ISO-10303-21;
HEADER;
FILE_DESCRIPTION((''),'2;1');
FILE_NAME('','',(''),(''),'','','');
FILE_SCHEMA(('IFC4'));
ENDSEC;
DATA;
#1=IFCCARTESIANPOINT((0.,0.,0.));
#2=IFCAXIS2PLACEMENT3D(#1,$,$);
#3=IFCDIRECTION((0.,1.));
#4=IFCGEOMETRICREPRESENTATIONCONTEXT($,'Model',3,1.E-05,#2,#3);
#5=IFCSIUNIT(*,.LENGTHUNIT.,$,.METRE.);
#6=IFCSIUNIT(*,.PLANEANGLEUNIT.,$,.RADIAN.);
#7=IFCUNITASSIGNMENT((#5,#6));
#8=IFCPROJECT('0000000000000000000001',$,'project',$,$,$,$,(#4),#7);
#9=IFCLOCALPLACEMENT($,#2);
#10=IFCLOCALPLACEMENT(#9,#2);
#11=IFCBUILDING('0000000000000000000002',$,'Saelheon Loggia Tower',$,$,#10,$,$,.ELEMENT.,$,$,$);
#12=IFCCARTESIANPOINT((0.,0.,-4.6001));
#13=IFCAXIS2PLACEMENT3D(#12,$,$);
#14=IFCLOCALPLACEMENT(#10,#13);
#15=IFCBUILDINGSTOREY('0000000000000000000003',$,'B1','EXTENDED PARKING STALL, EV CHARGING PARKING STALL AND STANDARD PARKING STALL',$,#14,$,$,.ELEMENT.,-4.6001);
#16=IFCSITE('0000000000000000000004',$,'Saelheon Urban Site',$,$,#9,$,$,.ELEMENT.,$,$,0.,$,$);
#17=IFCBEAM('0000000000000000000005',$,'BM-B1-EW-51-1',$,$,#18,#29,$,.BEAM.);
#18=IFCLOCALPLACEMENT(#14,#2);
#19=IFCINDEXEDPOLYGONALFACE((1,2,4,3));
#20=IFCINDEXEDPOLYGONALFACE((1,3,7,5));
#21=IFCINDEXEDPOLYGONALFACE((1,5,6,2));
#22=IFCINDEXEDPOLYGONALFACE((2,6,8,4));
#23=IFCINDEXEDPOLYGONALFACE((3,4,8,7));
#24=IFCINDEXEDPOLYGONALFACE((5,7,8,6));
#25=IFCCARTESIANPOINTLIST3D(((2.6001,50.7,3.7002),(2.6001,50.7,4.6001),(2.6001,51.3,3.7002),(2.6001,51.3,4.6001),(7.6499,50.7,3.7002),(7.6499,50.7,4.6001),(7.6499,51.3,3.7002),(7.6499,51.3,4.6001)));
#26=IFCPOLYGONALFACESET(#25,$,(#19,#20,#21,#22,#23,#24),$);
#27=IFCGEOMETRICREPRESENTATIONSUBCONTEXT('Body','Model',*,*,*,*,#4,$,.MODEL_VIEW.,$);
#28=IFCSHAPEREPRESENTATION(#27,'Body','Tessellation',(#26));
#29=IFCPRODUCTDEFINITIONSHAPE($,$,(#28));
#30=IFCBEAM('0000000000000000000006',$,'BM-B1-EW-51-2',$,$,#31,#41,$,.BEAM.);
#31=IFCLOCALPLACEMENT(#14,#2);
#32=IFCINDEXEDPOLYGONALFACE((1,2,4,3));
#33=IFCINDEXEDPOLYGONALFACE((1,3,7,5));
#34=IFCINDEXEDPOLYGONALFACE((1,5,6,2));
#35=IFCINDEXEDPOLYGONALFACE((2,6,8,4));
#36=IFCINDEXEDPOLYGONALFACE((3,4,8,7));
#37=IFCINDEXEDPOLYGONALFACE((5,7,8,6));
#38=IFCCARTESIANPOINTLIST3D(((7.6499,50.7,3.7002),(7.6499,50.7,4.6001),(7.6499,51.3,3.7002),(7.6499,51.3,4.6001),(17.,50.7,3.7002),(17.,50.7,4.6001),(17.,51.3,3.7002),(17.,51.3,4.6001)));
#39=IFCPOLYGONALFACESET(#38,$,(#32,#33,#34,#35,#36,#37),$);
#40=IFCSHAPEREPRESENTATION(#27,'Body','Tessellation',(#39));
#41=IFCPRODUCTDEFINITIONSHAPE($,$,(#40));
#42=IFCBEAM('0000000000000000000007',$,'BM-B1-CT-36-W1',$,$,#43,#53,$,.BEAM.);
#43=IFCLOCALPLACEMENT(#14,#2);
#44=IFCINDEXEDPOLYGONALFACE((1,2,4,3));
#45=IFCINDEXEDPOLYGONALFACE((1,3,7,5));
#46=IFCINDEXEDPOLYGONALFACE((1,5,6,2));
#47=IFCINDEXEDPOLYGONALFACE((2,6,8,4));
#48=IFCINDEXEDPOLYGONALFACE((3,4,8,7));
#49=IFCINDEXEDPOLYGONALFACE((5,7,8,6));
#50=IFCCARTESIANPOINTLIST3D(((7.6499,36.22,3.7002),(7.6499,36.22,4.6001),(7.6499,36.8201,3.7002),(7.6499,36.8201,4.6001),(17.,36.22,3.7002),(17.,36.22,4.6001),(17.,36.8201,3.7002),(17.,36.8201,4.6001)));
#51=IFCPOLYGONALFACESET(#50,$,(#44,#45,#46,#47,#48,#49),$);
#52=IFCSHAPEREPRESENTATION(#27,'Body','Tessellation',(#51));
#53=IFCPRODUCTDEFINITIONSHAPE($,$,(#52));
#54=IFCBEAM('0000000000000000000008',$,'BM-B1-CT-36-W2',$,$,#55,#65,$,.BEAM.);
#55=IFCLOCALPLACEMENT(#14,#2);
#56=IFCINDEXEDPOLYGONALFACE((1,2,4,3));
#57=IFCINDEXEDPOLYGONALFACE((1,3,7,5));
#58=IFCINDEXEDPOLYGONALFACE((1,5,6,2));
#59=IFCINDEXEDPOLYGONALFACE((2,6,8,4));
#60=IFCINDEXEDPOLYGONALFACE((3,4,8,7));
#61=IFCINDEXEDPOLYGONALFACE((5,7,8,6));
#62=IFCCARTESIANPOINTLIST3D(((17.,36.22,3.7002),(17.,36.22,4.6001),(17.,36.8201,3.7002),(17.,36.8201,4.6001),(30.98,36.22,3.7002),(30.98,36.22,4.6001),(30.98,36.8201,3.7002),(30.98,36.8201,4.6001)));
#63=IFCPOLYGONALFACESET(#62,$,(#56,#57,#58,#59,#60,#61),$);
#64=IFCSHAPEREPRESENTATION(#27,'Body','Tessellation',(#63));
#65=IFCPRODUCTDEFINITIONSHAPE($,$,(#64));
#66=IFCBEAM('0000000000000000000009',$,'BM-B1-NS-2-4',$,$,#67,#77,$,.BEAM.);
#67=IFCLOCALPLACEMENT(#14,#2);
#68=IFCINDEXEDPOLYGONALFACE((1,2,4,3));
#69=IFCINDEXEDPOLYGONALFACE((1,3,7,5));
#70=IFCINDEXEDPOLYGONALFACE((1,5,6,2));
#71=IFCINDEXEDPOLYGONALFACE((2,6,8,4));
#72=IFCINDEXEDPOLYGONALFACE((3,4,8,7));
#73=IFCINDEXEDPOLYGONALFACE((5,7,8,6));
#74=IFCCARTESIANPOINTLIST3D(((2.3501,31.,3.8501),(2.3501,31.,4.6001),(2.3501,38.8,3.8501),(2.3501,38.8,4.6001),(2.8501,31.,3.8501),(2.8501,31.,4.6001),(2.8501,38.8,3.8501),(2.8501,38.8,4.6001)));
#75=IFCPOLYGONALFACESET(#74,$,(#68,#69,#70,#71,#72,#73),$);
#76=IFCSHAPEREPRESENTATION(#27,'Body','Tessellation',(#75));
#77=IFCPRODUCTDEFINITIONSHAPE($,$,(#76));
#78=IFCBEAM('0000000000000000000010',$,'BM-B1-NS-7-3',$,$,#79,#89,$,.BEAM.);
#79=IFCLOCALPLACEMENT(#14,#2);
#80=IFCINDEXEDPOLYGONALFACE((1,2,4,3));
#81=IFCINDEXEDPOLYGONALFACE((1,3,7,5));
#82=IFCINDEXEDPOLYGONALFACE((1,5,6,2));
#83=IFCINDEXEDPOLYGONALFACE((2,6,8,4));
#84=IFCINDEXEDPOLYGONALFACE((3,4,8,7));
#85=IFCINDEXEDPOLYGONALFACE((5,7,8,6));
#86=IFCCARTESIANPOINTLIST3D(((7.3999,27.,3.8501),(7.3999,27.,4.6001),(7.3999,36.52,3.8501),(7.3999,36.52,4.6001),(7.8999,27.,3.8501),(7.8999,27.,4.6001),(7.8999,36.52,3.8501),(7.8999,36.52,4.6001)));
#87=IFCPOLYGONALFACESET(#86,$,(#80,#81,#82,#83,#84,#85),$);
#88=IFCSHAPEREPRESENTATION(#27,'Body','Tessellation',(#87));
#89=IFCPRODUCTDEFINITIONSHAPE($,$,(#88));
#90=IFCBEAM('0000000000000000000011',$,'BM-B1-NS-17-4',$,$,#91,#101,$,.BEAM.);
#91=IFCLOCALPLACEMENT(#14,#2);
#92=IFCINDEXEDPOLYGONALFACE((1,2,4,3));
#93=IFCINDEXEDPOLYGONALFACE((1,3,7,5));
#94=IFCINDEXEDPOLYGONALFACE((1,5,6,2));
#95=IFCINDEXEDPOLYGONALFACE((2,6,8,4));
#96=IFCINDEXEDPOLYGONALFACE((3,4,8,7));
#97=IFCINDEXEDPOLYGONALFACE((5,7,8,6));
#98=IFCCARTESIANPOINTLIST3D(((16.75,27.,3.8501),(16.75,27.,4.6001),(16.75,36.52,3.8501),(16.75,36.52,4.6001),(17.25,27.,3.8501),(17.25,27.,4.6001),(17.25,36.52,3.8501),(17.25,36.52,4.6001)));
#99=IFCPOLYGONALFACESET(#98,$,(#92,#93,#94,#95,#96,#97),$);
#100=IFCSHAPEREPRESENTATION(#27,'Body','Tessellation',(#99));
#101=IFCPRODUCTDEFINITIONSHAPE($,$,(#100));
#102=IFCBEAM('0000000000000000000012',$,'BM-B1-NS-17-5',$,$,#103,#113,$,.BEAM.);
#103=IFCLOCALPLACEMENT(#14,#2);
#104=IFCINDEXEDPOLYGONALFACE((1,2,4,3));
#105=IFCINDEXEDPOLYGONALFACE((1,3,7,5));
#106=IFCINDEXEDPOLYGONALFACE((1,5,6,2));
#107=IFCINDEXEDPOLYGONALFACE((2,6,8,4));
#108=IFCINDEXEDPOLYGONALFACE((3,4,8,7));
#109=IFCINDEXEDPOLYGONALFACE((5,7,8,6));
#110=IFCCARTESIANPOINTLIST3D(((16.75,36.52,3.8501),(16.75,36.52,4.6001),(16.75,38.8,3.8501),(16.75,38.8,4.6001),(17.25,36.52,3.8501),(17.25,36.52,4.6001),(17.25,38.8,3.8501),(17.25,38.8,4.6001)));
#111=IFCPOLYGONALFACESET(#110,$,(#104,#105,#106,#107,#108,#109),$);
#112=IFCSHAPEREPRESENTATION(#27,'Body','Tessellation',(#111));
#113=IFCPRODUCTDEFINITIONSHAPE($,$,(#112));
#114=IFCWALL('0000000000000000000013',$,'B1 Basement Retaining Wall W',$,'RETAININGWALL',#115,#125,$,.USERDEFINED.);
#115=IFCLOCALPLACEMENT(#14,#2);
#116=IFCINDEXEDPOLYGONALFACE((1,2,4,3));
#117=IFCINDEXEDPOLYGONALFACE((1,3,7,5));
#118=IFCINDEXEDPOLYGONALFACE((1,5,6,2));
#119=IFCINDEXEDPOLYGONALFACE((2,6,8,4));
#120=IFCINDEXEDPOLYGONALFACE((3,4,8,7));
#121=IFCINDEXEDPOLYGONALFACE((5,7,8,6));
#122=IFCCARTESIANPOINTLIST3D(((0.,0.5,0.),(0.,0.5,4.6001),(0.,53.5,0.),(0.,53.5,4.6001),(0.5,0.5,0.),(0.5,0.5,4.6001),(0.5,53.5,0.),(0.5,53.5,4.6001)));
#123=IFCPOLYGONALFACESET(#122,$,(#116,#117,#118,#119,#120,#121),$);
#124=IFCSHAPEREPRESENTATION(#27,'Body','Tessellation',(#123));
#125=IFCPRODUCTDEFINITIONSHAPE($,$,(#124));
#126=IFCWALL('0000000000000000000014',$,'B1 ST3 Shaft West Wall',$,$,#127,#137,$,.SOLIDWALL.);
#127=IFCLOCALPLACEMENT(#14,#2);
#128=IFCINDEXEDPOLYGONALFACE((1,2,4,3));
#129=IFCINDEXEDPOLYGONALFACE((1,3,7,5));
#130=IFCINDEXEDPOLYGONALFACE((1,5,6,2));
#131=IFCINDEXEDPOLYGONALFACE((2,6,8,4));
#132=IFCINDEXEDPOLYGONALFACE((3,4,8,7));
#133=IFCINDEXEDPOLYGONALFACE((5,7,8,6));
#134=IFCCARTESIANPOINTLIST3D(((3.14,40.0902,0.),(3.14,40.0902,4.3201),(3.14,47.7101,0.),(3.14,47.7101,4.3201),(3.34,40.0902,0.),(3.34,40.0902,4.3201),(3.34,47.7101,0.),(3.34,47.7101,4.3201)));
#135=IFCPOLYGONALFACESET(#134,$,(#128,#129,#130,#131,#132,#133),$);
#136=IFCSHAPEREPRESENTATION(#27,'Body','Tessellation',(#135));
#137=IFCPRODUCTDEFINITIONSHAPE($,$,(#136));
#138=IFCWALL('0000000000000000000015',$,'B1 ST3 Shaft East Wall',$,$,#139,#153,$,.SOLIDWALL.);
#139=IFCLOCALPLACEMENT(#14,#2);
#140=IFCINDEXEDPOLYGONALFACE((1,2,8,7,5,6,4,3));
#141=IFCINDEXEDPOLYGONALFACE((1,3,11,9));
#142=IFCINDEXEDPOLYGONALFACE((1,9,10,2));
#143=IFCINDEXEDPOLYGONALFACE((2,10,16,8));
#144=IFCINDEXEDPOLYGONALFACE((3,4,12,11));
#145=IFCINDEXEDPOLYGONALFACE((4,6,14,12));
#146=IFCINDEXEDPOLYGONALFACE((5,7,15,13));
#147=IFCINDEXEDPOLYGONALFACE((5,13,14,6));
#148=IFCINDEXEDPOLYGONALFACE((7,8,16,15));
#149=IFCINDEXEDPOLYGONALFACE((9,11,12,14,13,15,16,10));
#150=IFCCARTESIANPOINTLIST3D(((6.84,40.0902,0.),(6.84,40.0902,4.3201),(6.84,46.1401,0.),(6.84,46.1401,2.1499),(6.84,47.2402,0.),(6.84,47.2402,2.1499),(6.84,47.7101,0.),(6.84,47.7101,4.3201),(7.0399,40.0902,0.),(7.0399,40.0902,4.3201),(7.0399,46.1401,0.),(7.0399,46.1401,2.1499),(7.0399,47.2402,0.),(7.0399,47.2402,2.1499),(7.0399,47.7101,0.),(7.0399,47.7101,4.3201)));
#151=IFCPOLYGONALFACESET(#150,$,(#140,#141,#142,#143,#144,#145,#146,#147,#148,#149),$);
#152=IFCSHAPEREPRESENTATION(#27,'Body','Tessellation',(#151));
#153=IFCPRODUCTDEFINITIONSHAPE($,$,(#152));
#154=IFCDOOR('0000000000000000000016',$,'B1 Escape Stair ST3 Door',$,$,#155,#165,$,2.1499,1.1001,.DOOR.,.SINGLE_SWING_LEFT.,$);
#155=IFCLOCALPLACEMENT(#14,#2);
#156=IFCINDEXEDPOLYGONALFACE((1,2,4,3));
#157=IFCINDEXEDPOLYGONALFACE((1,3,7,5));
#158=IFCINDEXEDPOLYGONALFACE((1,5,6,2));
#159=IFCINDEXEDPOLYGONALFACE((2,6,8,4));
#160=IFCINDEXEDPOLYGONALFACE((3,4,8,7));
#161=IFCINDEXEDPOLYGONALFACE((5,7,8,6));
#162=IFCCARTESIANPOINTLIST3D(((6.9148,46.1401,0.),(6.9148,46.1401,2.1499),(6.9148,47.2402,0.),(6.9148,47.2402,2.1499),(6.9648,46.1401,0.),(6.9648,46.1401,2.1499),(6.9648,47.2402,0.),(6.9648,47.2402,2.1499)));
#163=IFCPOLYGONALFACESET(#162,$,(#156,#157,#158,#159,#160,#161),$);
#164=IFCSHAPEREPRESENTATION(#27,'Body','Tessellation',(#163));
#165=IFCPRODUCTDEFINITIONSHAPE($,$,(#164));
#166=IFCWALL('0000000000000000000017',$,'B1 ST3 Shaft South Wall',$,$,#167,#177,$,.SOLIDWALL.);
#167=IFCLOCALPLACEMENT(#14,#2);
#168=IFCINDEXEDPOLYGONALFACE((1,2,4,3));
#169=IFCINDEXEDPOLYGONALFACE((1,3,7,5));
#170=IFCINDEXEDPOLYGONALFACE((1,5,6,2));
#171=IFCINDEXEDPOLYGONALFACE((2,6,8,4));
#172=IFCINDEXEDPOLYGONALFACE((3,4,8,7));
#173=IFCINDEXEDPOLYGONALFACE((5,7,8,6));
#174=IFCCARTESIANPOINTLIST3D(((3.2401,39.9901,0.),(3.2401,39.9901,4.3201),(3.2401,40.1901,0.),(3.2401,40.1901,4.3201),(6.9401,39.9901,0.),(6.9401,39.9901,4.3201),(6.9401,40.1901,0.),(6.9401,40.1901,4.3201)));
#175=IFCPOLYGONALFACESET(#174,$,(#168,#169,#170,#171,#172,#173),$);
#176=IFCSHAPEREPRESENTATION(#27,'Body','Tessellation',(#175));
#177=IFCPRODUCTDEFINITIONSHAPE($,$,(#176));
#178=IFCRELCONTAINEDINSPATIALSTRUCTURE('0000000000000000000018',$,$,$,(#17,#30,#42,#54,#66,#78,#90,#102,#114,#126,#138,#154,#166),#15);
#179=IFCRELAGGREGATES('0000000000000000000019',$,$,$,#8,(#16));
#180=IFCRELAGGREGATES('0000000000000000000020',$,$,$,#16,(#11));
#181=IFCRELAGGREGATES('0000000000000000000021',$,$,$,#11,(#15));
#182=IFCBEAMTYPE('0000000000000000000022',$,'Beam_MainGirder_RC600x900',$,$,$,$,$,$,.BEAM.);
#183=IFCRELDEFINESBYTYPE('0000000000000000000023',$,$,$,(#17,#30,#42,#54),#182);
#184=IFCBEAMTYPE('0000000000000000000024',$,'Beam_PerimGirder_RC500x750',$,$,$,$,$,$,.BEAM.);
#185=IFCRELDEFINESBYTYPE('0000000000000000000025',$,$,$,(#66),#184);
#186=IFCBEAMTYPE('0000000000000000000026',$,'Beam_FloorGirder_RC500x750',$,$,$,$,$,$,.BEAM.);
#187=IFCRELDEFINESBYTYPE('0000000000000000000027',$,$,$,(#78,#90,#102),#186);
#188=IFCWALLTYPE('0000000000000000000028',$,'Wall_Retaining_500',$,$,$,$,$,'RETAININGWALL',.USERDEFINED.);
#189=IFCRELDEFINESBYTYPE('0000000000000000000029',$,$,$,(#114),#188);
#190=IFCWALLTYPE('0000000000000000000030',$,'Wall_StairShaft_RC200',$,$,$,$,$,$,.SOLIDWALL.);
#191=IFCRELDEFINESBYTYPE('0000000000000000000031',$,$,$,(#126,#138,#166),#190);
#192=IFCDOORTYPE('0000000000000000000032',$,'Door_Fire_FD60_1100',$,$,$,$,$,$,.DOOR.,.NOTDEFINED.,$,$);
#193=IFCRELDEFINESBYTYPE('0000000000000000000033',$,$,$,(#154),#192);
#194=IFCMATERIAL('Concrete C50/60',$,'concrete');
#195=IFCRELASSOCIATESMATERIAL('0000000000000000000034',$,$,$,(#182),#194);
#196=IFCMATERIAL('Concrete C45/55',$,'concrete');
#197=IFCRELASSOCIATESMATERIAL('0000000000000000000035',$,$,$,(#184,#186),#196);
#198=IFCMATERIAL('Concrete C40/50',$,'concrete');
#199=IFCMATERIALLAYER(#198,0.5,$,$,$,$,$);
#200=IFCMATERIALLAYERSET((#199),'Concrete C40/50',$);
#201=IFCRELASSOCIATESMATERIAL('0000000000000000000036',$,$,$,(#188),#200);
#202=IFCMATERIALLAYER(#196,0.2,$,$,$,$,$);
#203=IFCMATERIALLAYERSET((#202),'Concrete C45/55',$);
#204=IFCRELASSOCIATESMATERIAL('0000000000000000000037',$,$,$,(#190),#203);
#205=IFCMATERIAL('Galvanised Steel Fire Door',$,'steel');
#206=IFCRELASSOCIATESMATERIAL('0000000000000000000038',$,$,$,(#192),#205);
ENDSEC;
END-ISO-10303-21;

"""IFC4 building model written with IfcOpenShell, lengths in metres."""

from ifc_helpers import new_model, si_unit, direction, frame, frame_2d, origin, origin_2d, place, context, subcontext, project, spatial, rectangle, extrude, source, transform, mapped, material, layer, layer_set, material_profile, profile_set, type_object, element, fill, save


model = new_model("IFC4")

# Units and contexts
model_context = context("Model", 3, precision=1e-05, world=origin(), true_north=direction((0.0, 1.0)))
body_context = subcontext(model_context, "Body", "Model", "MODEL_VIEW")
ifc_project = project(units=[si_unit("LENGTHUNIT", "METRE"), si_unit("PLANEANGLEUNIT", "RADIAN")], contexts=[model_context])

# Site, building, storey
site_placement = place(None, origin())
site = spatial("IfcSite", under=ifc_project, at=site_placement, Name="Saelheon Urban Site", CompositionType="ELEMENT", RefElevation=0.0)
building_placement = place(site_placement, origin())
building = spatial("IfcBuilding", under=site, at=building_placement, Name="Saelheon Loggia Tower", CompositionType="ELEMENT")
storey_placement = place(building_placement, frame((0.0, 0.0, -4.6001)))
storey = spatial("IfcBuildingStorey", under=building, at=storey_placement, Name="B1", Description="EXTENDED PARKING STALL, EV CHARGING PARKING STALL AND STANDARD PARKING STALL", CompositionType="ELEMENT", Elevation=-4.6001)

# Shared definitions
ifc_material_1 = material(Name="Concrete C50/60", Category="concrete")
ifc_material_2 = material(Name="Concrete C45/55", Category="concrete")

# Beams
ifc_material_profile_1 = material_profile(ifc_material_1, rectangle(XDim=0.6001, YDim=0.8999, at=origin_2d()), Name="RC-600x900")
ifc_profile_set_1 = profile_set([ifc_material_profile_1], Name="Concrete C50/60")
beam_type_1 = type_object("IfcBeamType", Name="Beam_MainGirder_RC600x900", PredefinedType="BEAM", material=ifc_profile_set_1)
shared_shape_1 = source(origin(), body_context, "Body", "SweptSolid", [
    extrude(rectangle(XDim=0.6001, YDim=0.8999, at=origin_2d()), origin(), (0.0, 0.0, 1.0), 5.0498),
])
beam_1_placement = place(storey_placement, frame((2.6001, 51.0, 4.1501), z_axis=(1.0, 0.0, 0.0), x_axis=(0.0, 1.0, 0.0)))
element("IfcBeam", 1, at=beam_1_placement, inside=storey, type_object=beam_type_1, Name="BM-B1-EW-51-1", PredefinedType="BEAM", context=body_context, shape_type="MappedRepresentation", body=[
    mapped(shared_shape_1, transform((0.0, 0.0, 0.0), scale=1.0)),
])
shared_shape_2 = source(origin(), body_context, "Body", "SweptSolid", [
    extrude(rectangle(XDim=0.6001, YDim=0.8999, at=origin_2d()), origin(), (0.0, 0.0, 1.0), 9.3501),
])
for number, where, z_axis, x_axis, name in (
    (2, (7.6499, 51.0, 4.1501), (1.0, 0.0, 0.0), (0.0, 1.0, 0.0), "BM-B1-EW-51-2"),
    (3, (7.6499, 36.52, 4.1501), (1.0, 0.0, 0.0), (0.0, 1.0, 0.0), "BM-B1-CT-36-W1"),
):
    element("IfcBeam", number, at=place(storey_placement, frame(where, z_axis=z_axis, x_axis=x_axis)), inside=storey, type_object=beam_type_1, Name=name, PredefinedType="BEAM", context=body_context, shape_type="MappedRepresentation", body=[
        mapped(shared_shape_2, transform((0.0, 0.0, 0.0), scale=1.0)),
    ])
shared_shape_3 = source(origin(), body_context, "Body", "SweptSolid", [
    extrude(rectangle(XDim=0.6001, YDim=0.8999, at=origin_2d()), origin(), (0.0, 0.0, 1.0), 13.98),
])
beam_2_placement = place(storey_placement, frame((17.0, 36.52, 4.1501), z_axis=(1.0, 0.0, 0.0), x_axis=(0.0, 1.0, 0.0)))
element("IfcBeam", 4, at=beam_2_placement, inside=storey, type_object=beam_type_1, Name="BM-B1-CT-36-W2", PredefinedType="BEAM", context=body_context, shape_type="MappedRepresentation", body=[
    mapped(shared_shape_3, transform((0.0, 0.0, 0.0), scale=1.0)),
])
ifc_material_profile_2 = material_profile(ifc_material_2, rectangle(XDim=0.5, YDim=0.75, at=origin_2d()), Name="RC-500x750")
ifc_profile_set_2 = profile_set([ifc_material_profile_2], Name="Concrete C45/55")
beam_type_2 = type_object("IfcBeamType", Name="Beam_PerimGirder_RC500x750", PredefinedType="BEAM", material=ifc_profile_set_2)
shared_shape_4 = source(origin(), body_context, "Body", "SweptSolid", [
    extrude(rectangle(XDim=0.5, YDim=0.75, at=origin_2d()), origin(), (0.0, 0.0, 1.0), 7.8),
])
beam_3_placement = place(storey_placement, frame((2.6001, 31.0, 4.2251), z_axis=(0.0, 1.0, 0.0), x_axis=(-1.0, 0.0, 0.0)))
element("IfcBeam", 5, at=beam_3_placement, inside=storey, type_object=beam_type_2, Name="BM-B1-NS-2-4", PredefinedType="BEAM", context=body_context, shape_type="MappedRepresentation", body=[
    mapped(shared_shape_4, transform((0.0, 0.0, 0.0), scale=1.0)),
])
ifc_material_profile_3 = material_profile(ifc_material_2, rectangle(XDim=0.5, YDim=0.75, at=origin_2d()), Name="RC-500x750")
ifc_profile_set_3 = profile_set([ifc_material_profile_3], Name="Concrete C45/55")
beam_type_3 = type_object("IfcBeamType", Name="Beam_FloorGirder_RC500x750", PredefinedType="BEAM", material=ifc_profile_set_3)
shared_shape_5 = source(origin(), body_context, "Body", "SweptSolid", [
    extrude(rectangle(XDim=0.5, YDim=0.75, at=origin_2d()), origin(), (0.0, 0.0, 1.0), 9.52),
])
for number, where, z_axis, x_axis, name in (
    (6, (7.6499, 27.0, 4.2251), (0.0, 1.0, 0.0), (-1.0, 0.0, 0.0), "BM-B1-NS-7-3"),
    (7, (17.0, 27.0, 4.2251), (0.0, 1.0, 0.0), (-1.0, 0.0, 0.0), "BM-B1-NS-17-4"),
):
    element("IfcBeam", number, at=place(storey_placement, frame(where, z_axis=z_axis, x_axis=x_axis)), inside=storey, type_object=beam_type_3, Name=name, PredefinedType="BEAM", context=body_context, shape_type="MappedRepresentation", body=[
        mapped(shared_shape_5, transform((0.0, 0.0, 0.0), scale=1.0)),
    ])
shared_shape_6 = source(origin(), body_context, "Body", "SweptSolid", [
    extrude(rectangle(XDim=0.5, YDim=0.75, at=origin_2d()), origin(), (0.0, 0.0, 1.0), 2.28),
])
beam_4_placement = place(storey_placement, frame((17.0, 36.52, 4.2251), z_axis=(0.0, 1.0, 0.0), x_axis=(-1.0, 0.0, 0.0)))
element("IfcBeam", 8, at=beam_4_placement, inside=storey, type_object=beam_type_3, Name="BM-B1-NS-17-5", PredefinedType="BEAM", context=body_context, shape_type="MappedRepresentation", body=[
    mapped(shared_shape_6, transform((0.0, 0.0, 0.0), scale=1.0)),
])

# Walls
ifc_material_3 = material(Name="Concrete C40/50", Category="concrete")
ifc_layer_1 = layer(ifc_material_3, 0.5)
ifc_layer_set_1 = layer_set([ifc_layer_1], Name="Concrete C40/50")
wall_type_1 = type_object("IfcWallType", Name="Wall_Retaining_500", ElementType="RETAININGWALL", PredefinedType="USERDEFINED", material=ifc_layer_set_1)
wall_1_placement = place(storey_placement, frame((0.25, 53.5, 0.0), z_axis=(0.0, 0.0, 1.0), x_axis=(0.0, -1.0, 0.0)))
element("IfcWall", 9, at=wall_1_placement, inside=storey, type_object=wall_type_1, Name="B1 Basement Retaining Wall W", ObjectType="RETAININGWALL", PredefinedType="USERDEFINED", context=body_context, shape_type="SweptSolid", body=[
    extrude(rectangle(XDim=53.0, YDim=0.5, at=frame_2d((26.5, 0.0))), origin(), (0.0, 0.0, 1.0), 4.6001),
])
ifc_layer_2 = layer(ifc_material_2, 0.2)
ifc_layer_set_2 = layer_set([ifc_layer_2], Name="Concrete C45/55")
wall_type_2 = type_object("IfcWallType", Name="Wall_StairShaft_RC200", PredefinedType="SOLIDWALL", material=ifc_layer_set_2)
wall_2_placement = place(storey_placement, frame((3.24, 40.0901, 0.0), z_axis=(0.0, 0.0, 1.0), x_axis=(0.0, 1.0, 0.0)))
element("IfcWall", 10, at=wall_2_placement, inside=storey, type_object=wall_type_2, Name="B1 ST3 Shaft West Wall", PredefinedType="SOLIDWALL", context=body_context, shape_type="SweptSolid", body=[
    extrude(rectangle(XDim=7.6199, YDim=0.2, at=frame_2d((3.8101, 0.0))), origin(), (0.0, 0.0, 1.0), 4.3201),
])

# Wall, opening, door
wall_3_placement = place(storey_placement, frame((6.9399, 40.0901, 0.0), z_axis=(0.0, 0.0, 1.0), x_axis=(0.0, 1.0, 0.0)))
wall_3 = element("IfcWall", 11, at=wall_3_placement, inside=storey, type_object=wall_type_2, Name="B1 ST3 Shaft East Wall", PredefinedType="SOLIDWALL", context=body_context, shape_type="SweptSolid", body=[
    extrude(rectangle(XDim=7.6199, YDim=0.2, at=frame_2d((3.8101, 0.0))), origin(), (0.0, 0.0, 1.0), 4.3201),
])
opening_placement = place(wall_3_placement, frame((7.1501, 0.0, 0.0), z_axis=(0.0, 0.0, 1.0), x_axis=(-1.0, 0.0, 0.0)))
opening = element("IfcOpeningElement", 12, at=opening_placement, cuts=wall_3, PredefinedType="OPENING", context=body_context, shape_type="SweptSolid", body=[
    extrude(rectangle(XDim=1.1001, YDim=2.1499, at=frame_2d((0.55, 1.075))), frame((0.0, 0.1121, 0.0), z_axis=(0.0, -1.0, 0.0), x_axis=(1.0, 0.0, 0.0)), (0.0, 0.0, 1.0), 0.2239),
])
ifc_material_4 = material(Name="Galvanised Steel Fire Door", Category="steel")
door_type = type_object("IfcDoorType", Name="Door_Fire_FD60_1100", OperationType="NOTDEFINED", PredefinedType="DOOR", material=ifc_material_4)
shared_shape_7 = source(origin(), body_context, "Body", "SweptSolid", [
    extrude(rectangle(XDim=1.1001, YDim=2.1499, at=frame_2d((0.55, 1.075))), frame((0.0, 0.0249, 0.0), z_axis=(0.0, -1.0, 0.0), x_axis=(1.0, 0.0, 0.0)), (0.0, 0.0, 1.0), 0.05),
])
door_placement = place(opening_placement, origin())
door = element("IfcDoor", 13, at=door_placement, inside=storey, type_object=door_type, Name="B1 Escape Stair ST3 Door", OperationType="SINGLE_SWING_LEFT", OverallHeight=2.1499, OverallWidth=1.1001, PredefinedType="DOOR", context=body_context, shape_type="MappedRepresentation", body=[
    mapped(shared_shape_7, transform((0.0, 0.0, 0.0), scale=1.0)),
])
fill(opening, door)

# Wall
for number, where, z_axis, x_axis, name in (
    (14, (3.24, 40.0901, 0.0), (0.0, 0.0, 1.0), (1.0, 0.0, 0.0), "B1 ST3 Shaft South Wall"),
):
    element("IfcWall", number, at=place(storey_placement, frame(where, z_axis=z_axis, x_axis=x_axis)), inside=storey, type_object=wall_type_2, Name=name, PredefinedType="SOLIDWALL", context=body_context, shape_type="SweptSolid", body=[
        extrude(rectangle(XDim=3.7, YDim=0.2, at=frame_2d((1.8501, 0.0))), origin(), (0.0, 0.0, 1.0), 4.3201),
    ])

save(model, "model.ifc")
